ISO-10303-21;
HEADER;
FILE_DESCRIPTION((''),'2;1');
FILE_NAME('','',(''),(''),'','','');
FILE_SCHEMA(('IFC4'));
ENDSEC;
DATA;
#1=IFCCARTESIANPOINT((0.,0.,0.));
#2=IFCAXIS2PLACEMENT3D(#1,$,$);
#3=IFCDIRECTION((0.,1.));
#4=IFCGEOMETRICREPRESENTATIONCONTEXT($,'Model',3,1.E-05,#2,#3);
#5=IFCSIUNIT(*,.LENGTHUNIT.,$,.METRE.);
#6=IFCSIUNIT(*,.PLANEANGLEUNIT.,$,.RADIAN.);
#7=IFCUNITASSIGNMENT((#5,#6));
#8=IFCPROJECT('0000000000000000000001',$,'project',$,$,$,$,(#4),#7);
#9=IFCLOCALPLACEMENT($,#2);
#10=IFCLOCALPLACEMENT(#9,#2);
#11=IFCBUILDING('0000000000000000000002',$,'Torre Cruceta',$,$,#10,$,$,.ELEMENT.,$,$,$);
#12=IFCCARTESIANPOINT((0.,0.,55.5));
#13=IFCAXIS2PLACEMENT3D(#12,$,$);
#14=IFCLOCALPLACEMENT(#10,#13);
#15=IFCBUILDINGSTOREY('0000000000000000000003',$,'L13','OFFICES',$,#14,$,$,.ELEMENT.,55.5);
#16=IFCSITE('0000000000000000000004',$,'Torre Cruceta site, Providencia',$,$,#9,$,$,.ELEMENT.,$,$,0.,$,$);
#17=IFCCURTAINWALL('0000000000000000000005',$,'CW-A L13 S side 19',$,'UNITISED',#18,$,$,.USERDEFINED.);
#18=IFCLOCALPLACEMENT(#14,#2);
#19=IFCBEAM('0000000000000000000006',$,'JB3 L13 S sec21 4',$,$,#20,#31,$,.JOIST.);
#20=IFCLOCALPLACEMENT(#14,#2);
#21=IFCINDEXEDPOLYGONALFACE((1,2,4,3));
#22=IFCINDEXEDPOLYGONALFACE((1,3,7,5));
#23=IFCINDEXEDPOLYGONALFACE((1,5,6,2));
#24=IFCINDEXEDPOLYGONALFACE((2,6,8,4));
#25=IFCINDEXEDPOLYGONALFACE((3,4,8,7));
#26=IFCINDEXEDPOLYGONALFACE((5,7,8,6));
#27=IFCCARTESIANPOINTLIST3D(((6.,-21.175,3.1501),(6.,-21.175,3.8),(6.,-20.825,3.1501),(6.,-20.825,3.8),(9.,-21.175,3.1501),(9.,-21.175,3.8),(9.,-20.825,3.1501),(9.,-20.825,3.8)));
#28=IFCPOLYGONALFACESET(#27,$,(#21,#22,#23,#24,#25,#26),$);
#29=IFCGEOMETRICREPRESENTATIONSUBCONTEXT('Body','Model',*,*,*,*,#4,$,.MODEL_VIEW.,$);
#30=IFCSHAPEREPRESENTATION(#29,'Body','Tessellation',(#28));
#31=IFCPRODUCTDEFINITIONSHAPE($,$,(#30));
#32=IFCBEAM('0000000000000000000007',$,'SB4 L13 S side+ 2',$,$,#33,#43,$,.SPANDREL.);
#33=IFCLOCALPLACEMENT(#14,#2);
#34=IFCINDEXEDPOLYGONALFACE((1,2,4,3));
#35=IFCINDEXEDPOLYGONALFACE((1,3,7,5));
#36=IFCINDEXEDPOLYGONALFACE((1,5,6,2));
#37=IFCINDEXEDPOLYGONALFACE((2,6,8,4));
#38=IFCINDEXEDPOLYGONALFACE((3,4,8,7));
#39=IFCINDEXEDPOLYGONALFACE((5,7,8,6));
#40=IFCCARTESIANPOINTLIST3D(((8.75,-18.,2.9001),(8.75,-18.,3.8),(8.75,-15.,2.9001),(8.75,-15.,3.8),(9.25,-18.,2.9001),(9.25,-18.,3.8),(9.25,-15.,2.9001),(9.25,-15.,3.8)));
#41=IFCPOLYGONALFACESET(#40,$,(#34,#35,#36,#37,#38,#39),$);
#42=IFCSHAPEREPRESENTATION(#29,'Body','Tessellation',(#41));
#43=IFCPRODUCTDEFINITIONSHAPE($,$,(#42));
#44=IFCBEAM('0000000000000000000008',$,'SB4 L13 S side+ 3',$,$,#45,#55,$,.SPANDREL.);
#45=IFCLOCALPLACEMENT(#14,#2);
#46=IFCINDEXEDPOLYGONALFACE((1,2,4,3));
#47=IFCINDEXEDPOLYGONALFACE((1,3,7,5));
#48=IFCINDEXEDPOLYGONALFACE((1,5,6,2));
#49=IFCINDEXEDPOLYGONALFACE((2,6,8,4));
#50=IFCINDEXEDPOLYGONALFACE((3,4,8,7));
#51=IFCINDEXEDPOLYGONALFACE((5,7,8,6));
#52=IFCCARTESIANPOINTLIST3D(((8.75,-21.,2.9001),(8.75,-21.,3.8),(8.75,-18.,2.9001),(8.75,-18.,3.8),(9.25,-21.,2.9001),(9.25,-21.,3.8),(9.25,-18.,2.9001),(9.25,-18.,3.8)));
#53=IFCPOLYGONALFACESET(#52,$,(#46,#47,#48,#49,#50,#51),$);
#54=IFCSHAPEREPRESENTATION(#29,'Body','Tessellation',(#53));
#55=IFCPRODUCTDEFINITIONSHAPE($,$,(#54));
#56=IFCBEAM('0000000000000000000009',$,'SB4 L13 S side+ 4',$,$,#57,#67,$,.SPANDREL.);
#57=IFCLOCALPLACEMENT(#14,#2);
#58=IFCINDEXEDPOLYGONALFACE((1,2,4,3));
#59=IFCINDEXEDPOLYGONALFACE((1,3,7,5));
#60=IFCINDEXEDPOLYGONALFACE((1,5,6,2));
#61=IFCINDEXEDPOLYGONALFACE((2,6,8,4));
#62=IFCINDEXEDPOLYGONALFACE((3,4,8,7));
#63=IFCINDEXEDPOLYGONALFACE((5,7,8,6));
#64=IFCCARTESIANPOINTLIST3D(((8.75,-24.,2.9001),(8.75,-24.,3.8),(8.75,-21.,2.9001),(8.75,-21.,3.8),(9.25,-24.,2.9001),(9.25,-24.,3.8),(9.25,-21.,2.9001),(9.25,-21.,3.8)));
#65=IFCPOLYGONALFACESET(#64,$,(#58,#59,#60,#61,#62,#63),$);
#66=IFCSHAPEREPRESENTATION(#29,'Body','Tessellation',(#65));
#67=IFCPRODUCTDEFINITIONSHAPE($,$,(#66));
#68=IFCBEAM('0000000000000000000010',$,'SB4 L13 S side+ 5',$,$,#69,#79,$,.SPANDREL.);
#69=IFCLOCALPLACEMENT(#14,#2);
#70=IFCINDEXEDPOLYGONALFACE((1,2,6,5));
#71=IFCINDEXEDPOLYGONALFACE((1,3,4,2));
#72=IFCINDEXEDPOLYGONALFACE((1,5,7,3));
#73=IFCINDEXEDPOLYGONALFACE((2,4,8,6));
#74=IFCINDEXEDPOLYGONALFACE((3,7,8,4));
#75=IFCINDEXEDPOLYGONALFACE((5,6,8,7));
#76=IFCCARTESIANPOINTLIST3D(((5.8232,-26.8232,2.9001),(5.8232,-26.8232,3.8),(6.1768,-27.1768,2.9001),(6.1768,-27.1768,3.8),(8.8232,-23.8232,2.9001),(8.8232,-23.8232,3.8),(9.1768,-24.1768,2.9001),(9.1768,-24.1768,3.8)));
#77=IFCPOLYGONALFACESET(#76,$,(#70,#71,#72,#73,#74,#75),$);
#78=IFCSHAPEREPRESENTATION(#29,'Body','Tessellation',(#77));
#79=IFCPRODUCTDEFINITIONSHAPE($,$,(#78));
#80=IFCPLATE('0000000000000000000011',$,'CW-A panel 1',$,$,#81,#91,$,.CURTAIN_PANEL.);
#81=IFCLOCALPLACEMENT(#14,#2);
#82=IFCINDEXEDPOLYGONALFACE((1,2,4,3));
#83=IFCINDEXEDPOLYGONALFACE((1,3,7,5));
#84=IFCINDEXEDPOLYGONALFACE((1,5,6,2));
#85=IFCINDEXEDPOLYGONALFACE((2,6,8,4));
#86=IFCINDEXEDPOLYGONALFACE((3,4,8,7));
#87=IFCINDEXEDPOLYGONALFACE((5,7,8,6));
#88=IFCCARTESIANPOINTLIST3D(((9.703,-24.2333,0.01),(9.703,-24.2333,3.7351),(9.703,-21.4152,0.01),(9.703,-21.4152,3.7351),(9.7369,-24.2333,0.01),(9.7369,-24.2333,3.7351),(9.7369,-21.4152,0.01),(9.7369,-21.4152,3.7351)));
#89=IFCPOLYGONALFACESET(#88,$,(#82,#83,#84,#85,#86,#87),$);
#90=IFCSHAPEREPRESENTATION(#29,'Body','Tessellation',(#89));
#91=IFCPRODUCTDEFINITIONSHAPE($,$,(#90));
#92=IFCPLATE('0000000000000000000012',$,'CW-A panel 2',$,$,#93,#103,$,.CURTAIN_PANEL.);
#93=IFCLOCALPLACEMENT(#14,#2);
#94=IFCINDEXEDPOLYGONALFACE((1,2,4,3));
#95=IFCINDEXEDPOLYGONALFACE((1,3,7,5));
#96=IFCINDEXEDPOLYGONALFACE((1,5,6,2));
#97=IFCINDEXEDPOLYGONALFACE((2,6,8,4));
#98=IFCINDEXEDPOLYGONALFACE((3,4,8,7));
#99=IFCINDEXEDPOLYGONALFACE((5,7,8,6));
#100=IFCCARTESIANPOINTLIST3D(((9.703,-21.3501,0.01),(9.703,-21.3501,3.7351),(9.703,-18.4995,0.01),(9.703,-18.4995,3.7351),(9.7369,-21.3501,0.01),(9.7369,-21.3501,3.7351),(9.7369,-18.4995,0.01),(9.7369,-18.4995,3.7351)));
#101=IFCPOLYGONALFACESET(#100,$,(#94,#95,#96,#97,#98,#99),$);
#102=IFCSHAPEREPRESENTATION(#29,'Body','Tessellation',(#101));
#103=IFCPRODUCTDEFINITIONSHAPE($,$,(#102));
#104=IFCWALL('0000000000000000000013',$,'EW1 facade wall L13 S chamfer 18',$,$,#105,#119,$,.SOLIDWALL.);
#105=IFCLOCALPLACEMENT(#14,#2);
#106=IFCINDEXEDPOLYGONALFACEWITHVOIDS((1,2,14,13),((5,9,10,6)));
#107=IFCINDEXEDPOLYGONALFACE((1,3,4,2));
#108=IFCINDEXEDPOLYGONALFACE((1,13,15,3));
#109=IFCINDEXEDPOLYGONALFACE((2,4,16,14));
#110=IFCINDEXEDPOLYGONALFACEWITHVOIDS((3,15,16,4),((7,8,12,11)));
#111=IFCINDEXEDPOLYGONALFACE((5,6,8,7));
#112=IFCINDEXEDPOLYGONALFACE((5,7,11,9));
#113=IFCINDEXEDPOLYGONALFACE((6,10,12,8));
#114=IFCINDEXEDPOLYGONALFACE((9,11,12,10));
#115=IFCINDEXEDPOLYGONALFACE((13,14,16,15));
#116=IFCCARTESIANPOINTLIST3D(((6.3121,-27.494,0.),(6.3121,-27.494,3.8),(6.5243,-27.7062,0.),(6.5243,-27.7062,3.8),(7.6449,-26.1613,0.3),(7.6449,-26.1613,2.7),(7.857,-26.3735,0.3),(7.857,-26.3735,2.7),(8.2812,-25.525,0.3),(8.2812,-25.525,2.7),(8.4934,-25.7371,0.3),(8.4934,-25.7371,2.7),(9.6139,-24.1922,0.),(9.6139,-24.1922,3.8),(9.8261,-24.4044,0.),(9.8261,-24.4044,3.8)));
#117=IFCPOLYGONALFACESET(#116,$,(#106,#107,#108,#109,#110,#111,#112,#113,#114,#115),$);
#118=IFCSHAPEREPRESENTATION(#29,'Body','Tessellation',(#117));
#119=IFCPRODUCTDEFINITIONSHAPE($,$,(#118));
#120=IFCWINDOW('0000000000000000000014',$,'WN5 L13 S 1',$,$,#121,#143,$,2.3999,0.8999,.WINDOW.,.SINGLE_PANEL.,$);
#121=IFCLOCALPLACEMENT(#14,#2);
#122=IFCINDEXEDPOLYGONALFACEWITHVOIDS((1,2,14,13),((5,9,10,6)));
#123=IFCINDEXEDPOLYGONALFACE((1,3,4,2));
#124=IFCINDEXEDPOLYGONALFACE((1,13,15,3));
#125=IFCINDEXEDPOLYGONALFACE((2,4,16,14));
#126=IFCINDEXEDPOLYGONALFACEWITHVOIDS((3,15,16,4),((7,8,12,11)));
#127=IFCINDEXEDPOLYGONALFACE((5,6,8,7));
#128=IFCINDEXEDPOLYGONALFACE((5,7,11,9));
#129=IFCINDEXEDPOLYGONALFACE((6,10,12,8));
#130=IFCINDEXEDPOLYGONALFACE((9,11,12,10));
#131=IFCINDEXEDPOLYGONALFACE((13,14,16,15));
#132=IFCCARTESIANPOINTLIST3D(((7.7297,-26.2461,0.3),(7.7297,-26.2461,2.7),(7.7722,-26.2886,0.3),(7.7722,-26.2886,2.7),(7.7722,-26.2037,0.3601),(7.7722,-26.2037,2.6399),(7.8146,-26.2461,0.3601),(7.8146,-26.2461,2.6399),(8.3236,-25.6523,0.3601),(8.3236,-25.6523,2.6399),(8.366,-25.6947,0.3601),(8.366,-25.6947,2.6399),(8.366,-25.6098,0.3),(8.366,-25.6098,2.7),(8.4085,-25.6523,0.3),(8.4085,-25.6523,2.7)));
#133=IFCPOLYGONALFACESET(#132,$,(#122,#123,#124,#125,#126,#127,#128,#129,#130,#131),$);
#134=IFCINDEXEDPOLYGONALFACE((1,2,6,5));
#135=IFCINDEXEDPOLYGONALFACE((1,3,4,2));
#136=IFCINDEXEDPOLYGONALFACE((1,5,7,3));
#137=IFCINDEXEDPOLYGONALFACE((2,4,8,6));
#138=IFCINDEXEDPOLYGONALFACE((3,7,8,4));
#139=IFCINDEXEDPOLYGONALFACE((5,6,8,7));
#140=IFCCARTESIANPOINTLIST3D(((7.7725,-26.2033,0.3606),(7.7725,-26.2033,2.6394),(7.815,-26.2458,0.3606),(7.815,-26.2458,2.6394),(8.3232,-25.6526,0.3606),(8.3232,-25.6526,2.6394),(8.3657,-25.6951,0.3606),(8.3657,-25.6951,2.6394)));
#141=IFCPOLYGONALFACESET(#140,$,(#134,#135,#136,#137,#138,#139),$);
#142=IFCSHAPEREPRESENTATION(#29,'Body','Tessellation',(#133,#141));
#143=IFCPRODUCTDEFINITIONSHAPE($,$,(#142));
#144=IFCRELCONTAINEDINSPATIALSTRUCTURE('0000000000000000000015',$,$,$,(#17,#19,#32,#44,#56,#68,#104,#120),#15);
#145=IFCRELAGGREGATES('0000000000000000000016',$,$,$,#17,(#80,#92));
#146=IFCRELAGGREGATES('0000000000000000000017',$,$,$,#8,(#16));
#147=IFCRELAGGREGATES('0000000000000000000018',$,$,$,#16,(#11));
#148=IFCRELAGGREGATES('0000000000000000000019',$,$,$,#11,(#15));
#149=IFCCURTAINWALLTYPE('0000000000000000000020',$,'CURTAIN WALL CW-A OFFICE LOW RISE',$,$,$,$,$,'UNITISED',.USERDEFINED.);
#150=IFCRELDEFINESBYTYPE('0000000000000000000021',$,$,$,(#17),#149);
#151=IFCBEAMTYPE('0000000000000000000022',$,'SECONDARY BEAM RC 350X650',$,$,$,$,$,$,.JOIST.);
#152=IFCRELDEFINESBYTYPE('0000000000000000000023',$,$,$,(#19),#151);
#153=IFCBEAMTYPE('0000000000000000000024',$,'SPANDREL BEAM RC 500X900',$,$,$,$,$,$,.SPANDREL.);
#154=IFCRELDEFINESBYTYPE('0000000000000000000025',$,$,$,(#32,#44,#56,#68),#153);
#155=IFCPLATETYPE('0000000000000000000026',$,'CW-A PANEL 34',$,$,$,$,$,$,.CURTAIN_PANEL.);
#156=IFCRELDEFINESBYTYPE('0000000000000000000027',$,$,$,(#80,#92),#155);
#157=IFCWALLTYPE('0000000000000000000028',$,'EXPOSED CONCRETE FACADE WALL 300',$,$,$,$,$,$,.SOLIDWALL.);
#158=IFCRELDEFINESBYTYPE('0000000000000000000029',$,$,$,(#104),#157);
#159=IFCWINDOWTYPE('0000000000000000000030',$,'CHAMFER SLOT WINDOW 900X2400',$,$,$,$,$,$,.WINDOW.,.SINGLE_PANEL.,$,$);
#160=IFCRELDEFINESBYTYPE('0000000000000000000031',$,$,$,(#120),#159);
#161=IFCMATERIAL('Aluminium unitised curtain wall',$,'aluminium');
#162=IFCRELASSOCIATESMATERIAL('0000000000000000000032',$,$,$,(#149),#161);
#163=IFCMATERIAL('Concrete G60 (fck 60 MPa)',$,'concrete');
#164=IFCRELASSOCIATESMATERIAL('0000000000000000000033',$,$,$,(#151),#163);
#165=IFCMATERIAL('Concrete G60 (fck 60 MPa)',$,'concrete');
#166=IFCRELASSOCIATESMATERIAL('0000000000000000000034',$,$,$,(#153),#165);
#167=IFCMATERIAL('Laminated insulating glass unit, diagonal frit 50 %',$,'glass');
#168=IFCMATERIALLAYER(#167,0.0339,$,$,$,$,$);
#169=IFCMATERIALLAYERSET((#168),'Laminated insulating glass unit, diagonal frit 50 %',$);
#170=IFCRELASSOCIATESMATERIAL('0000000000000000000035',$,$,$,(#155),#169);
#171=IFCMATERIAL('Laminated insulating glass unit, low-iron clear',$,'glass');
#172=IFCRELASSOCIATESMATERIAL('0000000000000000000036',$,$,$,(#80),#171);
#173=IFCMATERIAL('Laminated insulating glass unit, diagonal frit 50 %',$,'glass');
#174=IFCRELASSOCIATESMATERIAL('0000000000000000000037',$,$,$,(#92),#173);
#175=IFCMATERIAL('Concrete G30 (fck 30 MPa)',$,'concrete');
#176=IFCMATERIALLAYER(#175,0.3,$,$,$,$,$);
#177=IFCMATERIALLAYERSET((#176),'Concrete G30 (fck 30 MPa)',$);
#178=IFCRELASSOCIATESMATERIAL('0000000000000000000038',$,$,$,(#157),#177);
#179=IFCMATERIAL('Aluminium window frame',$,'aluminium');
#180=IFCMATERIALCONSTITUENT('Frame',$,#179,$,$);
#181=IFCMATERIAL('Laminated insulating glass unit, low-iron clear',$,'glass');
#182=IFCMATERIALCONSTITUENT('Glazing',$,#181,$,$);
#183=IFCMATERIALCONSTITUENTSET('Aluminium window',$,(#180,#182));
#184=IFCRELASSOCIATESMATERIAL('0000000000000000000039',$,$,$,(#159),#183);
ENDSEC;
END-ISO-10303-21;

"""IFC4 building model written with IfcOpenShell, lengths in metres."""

from ifc_helpers import new_model, si_unit, direction, frame, frame_2d, origin, origin_2d, place, context, subcontext, project, spatial, rectangle, hollow_rectangle, extrude, material, layer, layer_set, constituent, constituent_set, material_profile, profile_set, type_object, element, fill, aggregate, save


model = new_model("IFC4")

# Units and contexts
model_context = context("Model", 3, precision=1e-05, world=origin(), true_north=direction((0.0, 1.0)))
body_context = subcontext(model_context, "Body", "Model", "MODEL_VIEW")
ifc_project = project(units=[si_unit("LENGTHUNIT", "METRE"), si_unit("PLANEANGLEUNIT", "RADIAN")], contexts=[model_context])

# Site, building, storey
site_placement = place(None, origin())
site = spatial("IfcSite", under=ifc_project, at=site_placement, Name="Torre Cruceta site, Providencia", CompositionType="ELEMENT", RefElevation=0.0)
building_placement = place(site_placement, origin())
building = spatial("IfcBuilding", under=site, at=building_placement, Name="Torre Cruceta", CompositionType="ELEMENT")
storey_placement = place(building_placement, frame((0.0, 0.0, 55.5)))
storey = spatial("IfcBuildingStorey", under=building, at=storey_placement, Name="L13", Description="OFFICES", CompositionType="ELEMENT", Elevation=55.5)

# Curtain wall
ifc_material_1 = material(Name="Aluminium unitised curtain wall", Category="aluminium")
curtain_wall_type = type_object("IfcCurtainWallType", Name="CURTAIN WALL CW-A OFFICE LOW RISE", ElementType="UNITISED", PredefinedType="USERDEFINED", material=ifc_material_1)
curtain_wall_placement = place(storey_placement, origin())
curtain_wall = element("IfcCurtainWall", 1, at=curtain_wall_placement, inside=storey, type_object=curtain_wall_type, Name="CW-A L13 S side 19", ObjectType="UNITISED", PredefinedType="USERDEFINED")

# Beams
ifc_material_2 = material(Name="Concrete G60 (fck 60 MPa)", Category="concrete")
ifc_material_profile_1 = material_profile(ifc_material_2, rectangle(XDim=0.3501, YDim=0.6499, at=origin_2d()), Name="RC 350X650")
ifc_profile_set_1 = profile_set([ifc_material_profile_1], Name="Concrete G60 (fck 60 MPa)")
beam_type_1 = type_object("IfcBeamType", Name="SECONDARY BEAM RC 350X650", PredefinedType="JOIST", material=ifc_profile_set_1)
beam_1_placement = place(storey_placement, frame((6.0, -21.0, 3.4751), z_axis=(1.0, 0.0, 0.0), x_axis=(0.0, 1.0, 0.0)))
element("IfcBeam", 2, at=beam_1_placement, inside=storey, type_object=beam_type_1, Name="JB3 L13 S sec21 4", PredefinedType="JOIST", context=body_context, shape_type="SweptSolid", body=[
    extrude(rectangle(XDim=0.3501, YDim=0.6499, at=origin_2d()), origin(), (0.0, 0.0, 1.0), 3.0),
])
ifc_material_3 = material(Name="Concrete G60 (fck 60 MPa)", Category="concrete")
ifc_material_profile_2 = material_profile(ifc_material_3, rectangle(XDim=0.5, YDim=0.8999, at=origin_2d()), Name="RC 500X900")
ifc_profile_set_2 = profile_set([ifc_material_profile_2], Name="Concrete G60 (fck 60 MPa)")
beam_type_2 = type_object("IfcBeamType", Name="SPANDREL BEAM RC 500X900", PredefinedType="SPANDREL", material=ifc_profile_set_2)
for number, where, z_axis, x_axis, name in (
    (3, (9.0, -15.0, 3.3501), (0.0, -1.0, 0.0), (1.0, 0.0, 0.0), "SB4 L13 S side+ 2"),
    (4, (9.0, -18.0, 3.3501), (0.0, -1.0, 0.0), (1.0, 0.0, 0.0), "SB4 L13 S side+ 3"),
    (5, (9.0, -21.0, 3.3501), (0.0, -1.0, 0.0), (1.0, 0.0, 0.0), "SB4 L13 S side+ 4"),
):
    element("IfcBeam", number, at=place(storey_placement, frame(where, z_axis=z_axis, x_axis=x_axis)), inside=storey, type_object=beam_type_2, Name=name, PredefinedType="SPANDREL", context=body_context, shape_type="SweptSolid", body=[
        extrude(rectangle(XDim=0.5, YDim=0.8999, at=origin_2d()), origin(), (0.0, 0.0, 1.0), 3.0),
    ])
beam_2_placement = place(storey_placement, frame((9.0, -24.0, 3.3501), z_axis=(-0.707107, -0.707107, 0.0), x_axis=(0.707107, -0.707107, 0.0)))
element("IfcBeam", 6, at=beam_2_placement, inside=storey, type_object=beam_type_2, Name="SB4 L13 S side+ 5", PredefinedType="SPANDREL", context=body_context, shape_type="SweptSolid", body=[
    extrude(rectangle(XDim=0.5, YDim=0.8999, at=origin_2d()), origin(), (0.0, 0.0, 1.0), 4.2427),
])

# Plates
ifc_material_4 = material(Name="Laminated insulating glass unit, low-iron clear", Category="glass")
ifc_material_5 = material(Name="Laminated insulating glass unit, diagonal frit 50 %", Category="glass")
ifc_layer_1 = layer(ifc_material_5, 0.0339)
ifc_layer_set_1 = layer_set([ifc_layer_1], Name="Laminated insulating glass unit, diagonal frit 50 %")
plate_type = type_object("IfcPlateType", Name="CW-A PANEL 34", PredefinedType="CURTAIN_PANEL", material=ifc_layer_set_1)
plate_1_placement = place(storey_placement, frame((9.72, -22.8242, 0.01), z_axis=(0.0, 0.0, 1.0), x_axis=(0.0, 1.0, 0.0)))
plate_1 = element("IfcPlate", 7, at=plate_1_placement, type_object=plate_type, material=ifc_material_4, Name="CW-A panel 1", PredefinedType="CURTAIN_PANEL", context=body_context, shape_type="SweptSolid", body=[
    extrude(rectangle(XDim=2.8181, YDim=0.0339, at=origin_2d()), origin(), (0.0, 0.0, 1.0), 3.7251),
])
ifc_material_6 = material(Name="Laminated insulating glass unit, diagonal frit 50 %", Category="glass")
plate_2_placement = place(storey_placement, frame((9.72, -19.9248, 0.01), z_axis=(0.0, 0.0, 1.0), x_axis=(0.0, 1.0, 0.0)))
plate_2 = element("IfcPlate", 8, at=plate_2_placement, type_object=plate_type, material=ifc_material_6, Name="CW-A panel 2", PredefinedType="CURTAIN_PANEL", context=body_context, shape_type="SweptSolid", body=[
    extrude(rectangle(XDim=2.8506, YDim=0.0339, at=origin_2d()), origin(), (0.0, 0.0, 1.0), 3.7251),
])
aggregate(curtain_wall, [plate_1, plate_2])

# Wall, opening, window
ifc_material_7 = material(Name="Concrete G30 (fck 30 MPa)", Category="concrete")
ifc_layer_2 = layer(ifc_material_7, 0.3)
ifc_layer_set_2 = layer_set([ifc_layer_2], Name="Concrete G30 (fck 30 MPa)")
wall_type_1 = type_object("IfcWallType", Name="EXPOSED CONCRETE FACADE WALL 300", PredefinedType="SOLIDWALL", material=ifc_layer_set_2)
wall_1_placement = place(storey_placement, frame((6.4182, -27.6001, 0.0), z_axis=(0.0, 0.0, 1.0), x_axis=(0.707107, 0.707107, 0.0)))
wall_1 = element("IfcWall", 9, at=wall_1_placement, inside=storey, type_object=wall_type_1, Name="EW1 facade wall L13 S chamfer 18", PredefinedType="SOLIDWALL", context=body_context, shape_type="SweptSolid", body=[
    extrude(rectangle(XDim=4.6694, YDim=0.3, at=frame_2d((2.3347, 0.0))), origin(), (0.0, 0.0, 1.0), 3.8),
])
opening_1_placement = place(wall_1_placement, frame((1.8848, 0.0, 0.3)))
opening_1 = element("IfcOpeningElement", 10, at=opening_1_placement, cuts=wall_1, PredefinedType="OPENING", context=body_context, shape_type="SweptSolid", body=[
    extrude(rectangle(XDim=0.8999, YDim=2.3999, at=frame_2d((0.45, 1.2))), frame((0.0, 0.1599, 0.0), z_axis=(0.0, -1.0, 0.0), x_axis=(1.0, 0.0, 0.0)), (0.0, 0.0, 1.0), 0.3201),
])
ifc_material_8 = material(Name="Aluminium window frame", Category="aluminium")
ifc_constituent_1 = constituent(ifc_material_8, Name="Frame")
ifc_material_9 = material(Name="Laminated insulating glass unit, low-iron clear", Category="glass")
ifc_constituent_2 = constituent(ifc_material_9, Name="Glazing")
ifc_constituent_set_1 = constituent_set(constituents=[ifc_constituent_1, ifc_constituent_2], Name="Aluminium window")
window_type = type_object("IfcWindowType", Name="CHAMFER SLOT WINDOW 900X2400", PartitioningType="SINGLE_PANEL", PredefinedType="WINDOW", material=ifc_constituent_set_1)
window_placement = place(opening_1_placement, origin())
window = element("IfcWindow", 11, at=window_placement, inside=storey, type_object=window_type, Name="WN5 L13 S 1", OverallHeight=2.3999, OverallWidth=0.8999, PartitioningType="SINGLE_PANEL", PredefinedType="WINDOW", context=body_context, shape_type="SweptSolid", body=[
    extrude(hollow_rectangle(XDim=0.8999, YDim=2.3999, WallThickness=0.0601, at=frame_2d((0.45, 1.2))), frame((0.0, 0.03, 0.0), z_axis=(0.0, -1.0, 0.0), x_axis=(1.0, 0.0, 0.0)), (0.0, 0.0, 1.0), 0.0601),
    extrude(rectangle(XDim=0.7788, YDim=2.2788, at=frame_2d((0.45, 1.2))), frame((0.0, 0.03, 0.0), z_axis=(0.0, -1.0, 0.0), x_axis=(1.0, 0.0, 0.0)), (0.0, 0.0, 1.0), 0.0601),
])
fill(opening_1, window)

save(model, "model.ifc")
